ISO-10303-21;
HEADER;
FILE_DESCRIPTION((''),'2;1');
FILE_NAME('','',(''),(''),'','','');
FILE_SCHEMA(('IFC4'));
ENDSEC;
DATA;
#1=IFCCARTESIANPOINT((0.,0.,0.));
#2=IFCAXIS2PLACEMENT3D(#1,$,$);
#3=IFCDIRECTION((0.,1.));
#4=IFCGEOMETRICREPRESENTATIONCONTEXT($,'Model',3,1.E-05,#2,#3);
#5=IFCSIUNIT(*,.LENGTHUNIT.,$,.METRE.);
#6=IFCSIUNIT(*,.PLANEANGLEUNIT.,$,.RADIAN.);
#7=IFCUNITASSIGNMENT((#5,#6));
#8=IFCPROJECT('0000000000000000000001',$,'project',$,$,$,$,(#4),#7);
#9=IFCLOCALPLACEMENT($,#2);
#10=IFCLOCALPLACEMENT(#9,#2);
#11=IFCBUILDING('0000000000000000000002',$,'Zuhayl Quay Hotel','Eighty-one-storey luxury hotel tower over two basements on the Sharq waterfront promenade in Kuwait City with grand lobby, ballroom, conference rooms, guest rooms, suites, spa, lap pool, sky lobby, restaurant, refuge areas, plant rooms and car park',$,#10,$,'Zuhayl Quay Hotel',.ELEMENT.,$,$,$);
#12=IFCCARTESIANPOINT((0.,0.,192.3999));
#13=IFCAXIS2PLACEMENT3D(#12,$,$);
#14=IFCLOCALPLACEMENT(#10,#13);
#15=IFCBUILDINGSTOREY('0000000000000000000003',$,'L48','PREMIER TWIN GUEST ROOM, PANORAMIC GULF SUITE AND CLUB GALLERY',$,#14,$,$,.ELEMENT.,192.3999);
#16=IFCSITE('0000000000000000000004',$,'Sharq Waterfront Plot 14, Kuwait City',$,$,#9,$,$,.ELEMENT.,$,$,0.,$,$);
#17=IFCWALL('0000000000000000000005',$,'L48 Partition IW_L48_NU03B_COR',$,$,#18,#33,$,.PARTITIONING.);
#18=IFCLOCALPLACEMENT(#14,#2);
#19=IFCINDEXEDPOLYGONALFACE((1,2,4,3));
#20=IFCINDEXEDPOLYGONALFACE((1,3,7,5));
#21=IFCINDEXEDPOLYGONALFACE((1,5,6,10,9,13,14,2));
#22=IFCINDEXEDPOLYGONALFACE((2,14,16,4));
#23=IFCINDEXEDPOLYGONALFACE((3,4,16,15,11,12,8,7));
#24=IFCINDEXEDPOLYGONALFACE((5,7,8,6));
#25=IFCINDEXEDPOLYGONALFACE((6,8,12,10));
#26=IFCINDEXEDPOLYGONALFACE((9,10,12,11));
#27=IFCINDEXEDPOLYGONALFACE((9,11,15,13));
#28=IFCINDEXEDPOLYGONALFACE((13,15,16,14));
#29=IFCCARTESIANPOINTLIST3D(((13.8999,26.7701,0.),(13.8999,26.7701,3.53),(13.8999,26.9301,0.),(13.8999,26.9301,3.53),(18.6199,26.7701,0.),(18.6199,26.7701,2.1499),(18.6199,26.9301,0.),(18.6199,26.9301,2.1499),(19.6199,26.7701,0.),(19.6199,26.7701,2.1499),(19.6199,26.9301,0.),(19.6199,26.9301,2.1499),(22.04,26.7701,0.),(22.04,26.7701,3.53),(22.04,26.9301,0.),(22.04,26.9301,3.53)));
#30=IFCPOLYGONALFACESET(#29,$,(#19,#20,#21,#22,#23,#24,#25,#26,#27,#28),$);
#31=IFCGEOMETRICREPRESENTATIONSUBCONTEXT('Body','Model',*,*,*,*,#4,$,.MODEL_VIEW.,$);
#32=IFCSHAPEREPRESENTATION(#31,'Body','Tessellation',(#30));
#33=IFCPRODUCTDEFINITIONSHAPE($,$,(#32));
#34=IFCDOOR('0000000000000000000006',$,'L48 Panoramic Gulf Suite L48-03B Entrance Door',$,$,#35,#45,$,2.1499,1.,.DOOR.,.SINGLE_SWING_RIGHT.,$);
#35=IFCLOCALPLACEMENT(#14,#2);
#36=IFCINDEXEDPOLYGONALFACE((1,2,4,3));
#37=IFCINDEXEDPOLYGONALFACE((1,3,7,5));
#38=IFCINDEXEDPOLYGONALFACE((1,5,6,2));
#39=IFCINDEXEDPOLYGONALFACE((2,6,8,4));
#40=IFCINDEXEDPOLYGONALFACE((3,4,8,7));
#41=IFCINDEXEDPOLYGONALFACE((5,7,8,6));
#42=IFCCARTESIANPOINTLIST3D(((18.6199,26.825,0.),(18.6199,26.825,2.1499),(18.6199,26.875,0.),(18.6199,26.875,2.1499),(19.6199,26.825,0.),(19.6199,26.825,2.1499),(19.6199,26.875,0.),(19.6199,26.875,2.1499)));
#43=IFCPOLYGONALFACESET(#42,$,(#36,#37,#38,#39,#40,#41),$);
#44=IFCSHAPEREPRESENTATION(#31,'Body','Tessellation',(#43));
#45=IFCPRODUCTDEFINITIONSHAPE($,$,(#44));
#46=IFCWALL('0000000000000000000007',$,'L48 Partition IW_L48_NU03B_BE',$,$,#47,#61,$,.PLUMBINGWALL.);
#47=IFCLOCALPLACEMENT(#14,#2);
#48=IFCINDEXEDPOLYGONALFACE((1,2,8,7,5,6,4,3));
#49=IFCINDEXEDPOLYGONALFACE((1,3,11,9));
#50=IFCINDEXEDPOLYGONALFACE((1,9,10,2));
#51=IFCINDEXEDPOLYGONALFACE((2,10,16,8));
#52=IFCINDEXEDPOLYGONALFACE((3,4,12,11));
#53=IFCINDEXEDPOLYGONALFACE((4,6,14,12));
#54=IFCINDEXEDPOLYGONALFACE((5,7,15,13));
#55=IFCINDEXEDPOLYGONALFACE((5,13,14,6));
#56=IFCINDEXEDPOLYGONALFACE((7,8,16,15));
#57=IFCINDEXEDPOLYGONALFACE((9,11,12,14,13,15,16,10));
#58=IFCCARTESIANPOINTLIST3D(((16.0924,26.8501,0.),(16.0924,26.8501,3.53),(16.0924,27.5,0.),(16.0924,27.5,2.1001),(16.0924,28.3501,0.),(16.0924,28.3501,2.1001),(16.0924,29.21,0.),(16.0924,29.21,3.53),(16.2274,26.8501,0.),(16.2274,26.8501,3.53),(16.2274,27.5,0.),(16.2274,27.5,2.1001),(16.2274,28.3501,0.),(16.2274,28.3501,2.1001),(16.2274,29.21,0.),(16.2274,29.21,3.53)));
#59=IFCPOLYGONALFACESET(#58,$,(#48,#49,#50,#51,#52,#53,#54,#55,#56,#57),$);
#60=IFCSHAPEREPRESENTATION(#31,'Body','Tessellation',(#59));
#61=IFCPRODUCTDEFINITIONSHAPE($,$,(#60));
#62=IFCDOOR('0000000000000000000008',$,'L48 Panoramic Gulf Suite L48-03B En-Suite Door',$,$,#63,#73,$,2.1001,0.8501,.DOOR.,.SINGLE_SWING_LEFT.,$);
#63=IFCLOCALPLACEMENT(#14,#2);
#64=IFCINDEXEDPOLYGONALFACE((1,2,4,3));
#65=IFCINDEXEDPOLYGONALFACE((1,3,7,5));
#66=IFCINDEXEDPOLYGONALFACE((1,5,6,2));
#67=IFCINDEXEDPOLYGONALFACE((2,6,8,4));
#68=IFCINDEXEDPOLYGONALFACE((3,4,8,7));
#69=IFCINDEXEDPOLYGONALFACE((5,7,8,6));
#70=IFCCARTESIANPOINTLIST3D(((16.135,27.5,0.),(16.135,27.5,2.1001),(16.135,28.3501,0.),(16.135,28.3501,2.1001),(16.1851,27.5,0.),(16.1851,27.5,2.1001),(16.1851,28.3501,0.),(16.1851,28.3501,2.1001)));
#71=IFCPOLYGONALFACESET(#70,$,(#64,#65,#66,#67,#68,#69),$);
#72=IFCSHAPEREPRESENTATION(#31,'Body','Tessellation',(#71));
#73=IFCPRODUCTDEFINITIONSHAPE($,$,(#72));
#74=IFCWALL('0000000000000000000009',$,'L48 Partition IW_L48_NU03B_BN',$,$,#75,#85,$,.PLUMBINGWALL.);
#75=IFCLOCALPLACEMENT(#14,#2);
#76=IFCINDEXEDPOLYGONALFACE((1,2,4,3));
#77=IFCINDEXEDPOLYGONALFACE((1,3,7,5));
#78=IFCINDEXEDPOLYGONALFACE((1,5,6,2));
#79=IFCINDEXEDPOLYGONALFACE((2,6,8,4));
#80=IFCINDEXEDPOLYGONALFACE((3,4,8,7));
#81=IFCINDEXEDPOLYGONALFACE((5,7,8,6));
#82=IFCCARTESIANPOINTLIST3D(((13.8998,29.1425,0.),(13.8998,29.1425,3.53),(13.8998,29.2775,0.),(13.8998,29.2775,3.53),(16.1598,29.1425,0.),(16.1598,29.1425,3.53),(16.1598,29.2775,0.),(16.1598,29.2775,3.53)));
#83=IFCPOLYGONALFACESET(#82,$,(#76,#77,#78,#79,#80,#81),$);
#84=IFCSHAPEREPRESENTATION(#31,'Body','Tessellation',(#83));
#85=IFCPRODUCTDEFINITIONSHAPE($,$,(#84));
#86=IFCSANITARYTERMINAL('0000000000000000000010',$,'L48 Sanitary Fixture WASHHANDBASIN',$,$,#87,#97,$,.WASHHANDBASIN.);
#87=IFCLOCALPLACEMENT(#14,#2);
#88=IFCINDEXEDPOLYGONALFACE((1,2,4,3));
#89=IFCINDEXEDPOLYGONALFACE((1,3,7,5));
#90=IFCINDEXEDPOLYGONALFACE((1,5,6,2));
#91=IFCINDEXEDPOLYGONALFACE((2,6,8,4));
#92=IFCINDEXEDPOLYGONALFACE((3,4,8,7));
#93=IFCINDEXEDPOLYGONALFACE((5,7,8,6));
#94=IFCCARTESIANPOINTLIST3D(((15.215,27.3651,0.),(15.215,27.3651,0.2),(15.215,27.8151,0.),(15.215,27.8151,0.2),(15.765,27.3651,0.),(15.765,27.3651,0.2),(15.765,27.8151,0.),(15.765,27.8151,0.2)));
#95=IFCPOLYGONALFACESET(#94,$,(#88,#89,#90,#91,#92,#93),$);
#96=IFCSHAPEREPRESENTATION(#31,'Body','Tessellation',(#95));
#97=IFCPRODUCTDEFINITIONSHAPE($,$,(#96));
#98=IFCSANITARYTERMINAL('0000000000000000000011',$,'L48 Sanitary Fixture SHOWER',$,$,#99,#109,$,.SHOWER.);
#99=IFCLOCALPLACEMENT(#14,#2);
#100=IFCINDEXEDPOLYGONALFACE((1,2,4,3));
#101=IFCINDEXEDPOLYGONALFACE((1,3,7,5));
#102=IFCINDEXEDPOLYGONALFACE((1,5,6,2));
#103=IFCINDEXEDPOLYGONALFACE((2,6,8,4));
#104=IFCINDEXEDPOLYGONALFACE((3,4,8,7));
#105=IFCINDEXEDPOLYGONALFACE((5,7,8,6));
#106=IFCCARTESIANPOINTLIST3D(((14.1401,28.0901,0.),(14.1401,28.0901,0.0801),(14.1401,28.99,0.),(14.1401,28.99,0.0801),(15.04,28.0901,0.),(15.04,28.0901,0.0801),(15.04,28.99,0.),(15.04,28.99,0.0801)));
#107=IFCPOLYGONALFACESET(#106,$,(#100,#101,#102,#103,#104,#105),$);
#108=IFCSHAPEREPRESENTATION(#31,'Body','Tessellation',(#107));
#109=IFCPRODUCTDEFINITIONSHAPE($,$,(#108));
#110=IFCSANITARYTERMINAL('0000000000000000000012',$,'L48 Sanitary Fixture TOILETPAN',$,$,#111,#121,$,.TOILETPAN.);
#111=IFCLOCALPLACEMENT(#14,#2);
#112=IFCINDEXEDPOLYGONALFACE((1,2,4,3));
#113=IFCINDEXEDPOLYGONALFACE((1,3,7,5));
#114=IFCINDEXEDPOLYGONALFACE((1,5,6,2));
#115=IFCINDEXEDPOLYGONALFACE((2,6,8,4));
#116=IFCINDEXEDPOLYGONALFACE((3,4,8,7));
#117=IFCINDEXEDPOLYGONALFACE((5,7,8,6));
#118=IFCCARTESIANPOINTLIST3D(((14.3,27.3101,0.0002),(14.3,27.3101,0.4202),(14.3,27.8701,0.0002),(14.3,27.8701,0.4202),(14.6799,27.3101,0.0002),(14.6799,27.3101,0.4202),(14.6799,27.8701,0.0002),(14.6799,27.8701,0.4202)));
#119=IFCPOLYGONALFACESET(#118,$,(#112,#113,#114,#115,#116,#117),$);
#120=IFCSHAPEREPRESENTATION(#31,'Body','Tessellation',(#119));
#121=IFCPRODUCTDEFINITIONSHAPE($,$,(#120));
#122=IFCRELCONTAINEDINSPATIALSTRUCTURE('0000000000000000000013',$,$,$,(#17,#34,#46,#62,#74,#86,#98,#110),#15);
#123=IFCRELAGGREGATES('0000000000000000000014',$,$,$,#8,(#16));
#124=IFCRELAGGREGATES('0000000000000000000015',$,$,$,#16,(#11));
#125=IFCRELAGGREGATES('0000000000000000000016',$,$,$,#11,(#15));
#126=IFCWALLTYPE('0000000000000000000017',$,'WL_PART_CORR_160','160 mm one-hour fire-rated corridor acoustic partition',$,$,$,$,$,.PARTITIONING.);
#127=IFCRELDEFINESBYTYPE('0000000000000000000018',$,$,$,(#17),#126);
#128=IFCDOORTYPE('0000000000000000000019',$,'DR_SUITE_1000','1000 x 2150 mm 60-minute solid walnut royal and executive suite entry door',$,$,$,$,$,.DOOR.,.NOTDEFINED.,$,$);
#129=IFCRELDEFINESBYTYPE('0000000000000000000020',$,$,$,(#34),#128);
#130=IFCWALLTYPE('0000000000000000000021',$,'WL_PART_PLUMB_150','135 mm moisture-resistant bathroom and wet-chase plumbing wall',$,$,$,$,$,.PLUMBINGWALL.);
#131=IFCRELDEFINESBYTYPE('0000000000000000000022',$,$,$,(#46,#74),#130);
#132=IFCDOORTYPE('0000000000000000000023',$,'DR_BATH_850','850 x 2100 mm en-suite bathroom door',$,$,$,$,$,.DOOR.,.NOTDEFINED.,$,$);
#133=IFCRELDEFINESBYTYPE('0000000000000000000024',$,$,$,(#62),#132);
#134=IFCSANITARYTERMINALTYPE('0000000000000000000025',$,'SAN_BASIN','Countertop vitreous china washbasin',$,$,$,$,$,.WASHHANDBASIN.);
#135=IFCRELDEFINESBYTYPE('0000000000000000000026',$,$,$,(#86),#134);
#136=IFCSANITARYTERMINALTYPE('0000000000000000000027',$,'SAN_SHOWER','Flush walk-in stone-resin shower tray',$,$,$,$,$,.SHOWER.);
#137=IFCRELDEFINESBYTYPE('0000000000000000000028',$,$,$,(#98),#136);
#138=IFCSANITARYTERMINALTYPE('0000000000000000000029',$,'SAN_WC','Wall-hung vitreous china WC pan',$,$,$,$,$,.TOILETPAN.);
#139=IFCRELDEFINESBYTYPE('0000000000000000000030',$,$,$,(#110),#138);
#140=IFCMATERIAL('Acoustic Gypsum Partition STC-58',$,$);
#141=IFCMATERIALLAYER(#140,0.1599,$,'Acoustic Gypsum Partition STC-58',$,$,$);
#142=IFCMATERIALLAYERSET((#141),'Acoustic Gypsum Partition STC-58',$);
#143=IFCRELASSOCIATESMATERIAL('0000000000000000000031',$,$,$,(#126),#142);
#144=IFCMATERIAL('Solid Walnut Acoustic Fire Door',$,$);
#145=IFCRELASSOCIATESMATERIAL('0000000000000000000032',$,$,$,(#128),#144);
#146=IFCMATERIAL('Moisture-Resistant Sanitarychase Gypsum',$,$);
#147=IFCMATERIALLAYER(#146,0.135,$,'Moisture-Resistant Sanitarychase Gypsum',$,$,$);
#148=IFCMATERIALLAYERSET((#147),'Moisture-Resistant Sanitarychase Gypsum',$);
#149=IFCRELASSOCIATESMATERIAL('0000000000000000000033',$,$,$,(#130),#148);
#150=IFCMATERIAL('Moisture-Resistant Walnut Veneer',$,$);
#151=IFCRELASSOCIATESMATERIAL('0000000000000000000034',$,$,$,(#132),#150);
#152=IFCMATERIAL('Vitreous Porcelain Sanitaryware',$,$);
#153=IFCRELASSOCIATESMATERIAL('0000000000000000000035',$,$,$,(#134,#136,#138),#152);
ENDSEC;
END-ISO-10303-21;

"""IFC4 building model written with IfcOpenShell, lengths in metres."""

from ifc_helpers import new_model, si_unit, direction, frame, frame_2d, origin, origin_2d, place, context, subcontext, project, spatial, rectangle, extrude, material, layer, layer_set, type_object, element, fill, save


model = new_model("IFC4")

# Units and contexts
model_context = context("Model", 3, precision=1e-05, world=origin(), true_north=direction((0.0, 1.0)))
body_context = subcontext(model_context, "Body", "Model", "MODEL_VIEW")
ifc_project = project(units=[si_unit("LENGTHUNIT", "METRE"), si_unit("PLANEANGLEUNIT", "RADIAN")], contexts=[model_context])

# Site, building, storey
site_placement = place(None, origin())
site = spatial("IfcSite", under=ifc_project, at=site_placement, Name="Sharq Waterfront Plot 14, Kuwait City", CompositionType="ELEMENT", RefElevation=0.0)
building_placement = place(site_placement, origin())
building = spatial("IfcBuilding", under=site, at=building_placement, Name="Zuhayl Quay Hotel", Description="Eighty-one-storey luxury hotel tower over two basements on the Sharq waterfront promenade in Kuwait City with grand lobby, ballroom, conference rooms, guest rooms, suites, spa, lap pool, sky lobby, restaurant, refuge areas, plant rooms and car park", LongName="Zuhayl Quay Hotel", CompositionType="ELEMENT")
storey_placement = place(building_placement, frame((0.0, 0.0, 192.3999)))
storey = spatial("IfcBuildingStorey", under=building, at=storey_placement, Name="L48", Description="PREMIER TWIN GUEST ROOM, PANORAMIC GULF SUITE AND CLUB GALLERY", CompositionType="ELEMENT", Elevation=192.3999)

# Shared definitions
ifc_material_1 = material(Name="Acoustic Gypsum Partition STC-58")

# Walls, openings, doors
ifc_layer_1 = layer(ifc_material_1, 0.1599, Name="Acoustic Gypsum Partition STC-58")
ifc_layer_set_1 = layer_set([ifc_layer_1], Name="Acoustic Gypsum Partition STC-58")
wall_type_1 = type_object("IfcWallType", Name="WL_PART_CORR_160", Description="160 mm one-hour fire-rated corridor acoustic partition", PredefinedType="PARTITIONING", material=ifc_layer_set_1)
wall_1_placement = place(storey_placement, frame((13.8999, 26.8501, 0.0), z_axis=(0.0, 0.0, 1.0), x_axis=(1.0, 0.0, 0.0)))
wall_1 = element("IfcWall", 1, at=wall_1_placement, inside=storey, type_object=wall_type_1, Name="L48 Partition IW_L48_NU03B_COR", PredefinedType="PARTITIONING", context=body_context, shape_type="SweptSolid", body=[
    extrude(rectangle(XDim=8.1401, YDim=0.1599, at=frame_2d((4.0701, 0.0))), origin(), (0.0, 0.0, 1.0), 3.53),
])
opening_1_placement = place(wall_1_placement, frame((4.72, 0.0, 0.0)))
opening_1 = element("IfcOpeningElement", 2, at=opening_1_placement, cuts=wall_1, PredefinedType="OPENING", context=body_context, shape_type="SweptSolid", body=[
    extrude(rectangle(XDim=1.0, YDim=2.1499, at=frame_2d((0.5, 1.075))), frame((0.0, 0.0898, 0.0), z_axis=(0.0, -1.0, 0.0), x_axis=(1.0, 0.0, 0.0)), (0.0, 0.0, 1.0), 0.1799),
])
ifc_material_2 = material(Name="Solid Walnut Acoustic Fire Door")
door_type_1 = type_object("IfcDoorType", Name="DR_SUITE_1000", Description="1000 x 2150 mm 60-minute solid walnut royal and executive suite entry door", OperationType="NOTDEFINED", PredefinedType="DOOR", material=ifc_material_2)
door_1_placement = place(opening_1_placement, origin())
door_1 = element("IfcDoor", 3, at=door_1_placement, inside=storey, type_object=door_type_1, Name="L48 Panoramic Gulf Suite L48-03B Entrance Door", OperationType="SINGLE_SWING_RIGHT", OverallHeight=2.1499, OverallWidth=1.0, PredefinedType="DOOR", context=body_context, shape_type="SweptSolid", body=[
    extrude(rectangle(XDim=1.0, YDim=2.1499, at=frame_2d((0.5, 1.075))), frame((0.0, 0.0249, 0.0), z_axis=(0.0, -1.0, 0.0), x_axis=(1.0, 0.0, 0.0)), (0.0, 0.0, 1.0), 0.05),
])
fill(opening_1, door_1)
ifc_material_3 = material(Name="Moisture-Resistant Sanitarychase Gypsum")
ifc_layer_2 = layer(ifc_material_3, 0.135, Name="Moisture-Resistant Sanitarychase Gypsum")
ifc_layer_set_2 = layer_set([ifc_layer_2], Name="Moisture-Resistant Sanitarychase Gypsum")
wall_type_2 = type_object("IfcWallType", Name="WL_PART_PLUMB_150", Description="135 mm moisture-resistant bathroom and wet-chase plumbing wall", PredefinedType="PLUMBINGWALL", material=ifc_layer_set_2)
wall_2_placement = place(storey_placement, frame((16.1599, 26.8501, 0.0), z_axis=(0.0, 0.0, 1.0), x_axis=(0.0, 1.0, 0.0)))
wall_2 = element("IfcWall", 4, at=wall_2_placement, inside=storey, type_object=wall_type_2, Name="L48 Partition IW_L48_NU03B_BE", PredefinedType="PLUMBINGWALL", context=body_context, shape_type="SweptSolid", body=[
    extrude(rectangle(XDim=2.3599, YDim=0.135, at=frame_2d((1.1799, 0.0))), origin(), (0.0, 0.0, 1.0), 3.53),
])
opening_2_placement = place(wall_2_placement, frame((0.6499, 0.0, 0.0)))
opening_2 = element("IfcOpeningElement", 5, at=opening_2_placement, cuts=wall_2, PredefinedType="OPENING", context=body_context, shape_type="SweptSolid", body=[
    extrude(rectangle(XDim=0.8501, YDim=2.1001, at=frame_2d((0.425, 1.05))), frame((0.0, 0.0774, 0.0), z_axis=(0.0, -1.0, 0.0), x_axis=(1.0, 0.0, 0.0)), (0.0, 0.0, 1.0), 0.155),
])
ifc_material_4 = material(Name="Moisture-Resistant Walnut Veneer")
door_type_2 = type_object("IfcDoorType", Name="DR_BATH_850", Description="850 x 2100 mm en-suite bathroom door", OperationType="NOTDEFINED", PredefinedType="DOOR", material=ifc_material_4)
door_2_placement = place(opening_2_placement, origin())
door_2 = element("IfcDoor", 6, at=door_2_placement, inside=storey, type_object=door_type_2, Name="L48 Panoramic Gulf Suite L48-03B En-Suite Door", OperationType="SINGLE_SWING_LEFT", OverallHeight=2.1001, OverallWidth=0.8501, PredefinedType="DOOR", context=body_context, shape_type="SweptSolid", body=[
    extrude(rectangle(XDim=0.8501, YDim=2.1001, at=frame_2d((0.425, 1.05))), frame((0.0, 0.0249, 0.0), z_axis=(0.0, -1.0, 0.0), x_axis=(1.0, 0.0, 0.0)), (0.0, 0.0, 1.0), 0.05),
])
fill(opening_2, door_2)

# Wall
wall_3_placement = place(storey_placement, frame((13.8999, 29.21, 0.0), z_axis=(0.0, 0.0, 1.0), x_axis=(1.0, 0.0, 0.0)))
element("IfcWall", 7, at=wall_3_placement, inside=storey, type_object=wall_type_2, Name="L48 Partition IW_L48_NU03B_BN", PredefinedType="PLUMBINGWALL", context=body_context, shape_type="SweptSolid", body=[
    extrude(rectangle(XDim=2.26, YDim=0.135, at=frame_2d((1.1299, 0.0))), origin(), (0.0, 0.0, 1.0), 3.53),
])

# Sanitary terminals
ifc_material_5 = material(Name="Vitreous Porcelain Sanitaryware")
sanitary_terminal_type_1 = type_object("IfcSanitaryTerminalType", Name="SAN_BASIN", Description="Countertop vitreous china washbasin", PredefinedType="WASHHANDBASIN", material=ifc_material_5)
sanitary_terminal_1_placement = place(storey_placement, frame((15.49, 27.5901, 0.0), z_axis=(0.0, 0.0, 1.0), x_axis=(1.0, 0.0, 0.0)))
element("IfcSanitaryTerminal", 8, at=sanitary_terminal_1_placement, inside=storey, type_object=sanitary_terminal_type_1, Name="L48 Sanitary Fixture WASHHANDBASIN", PredefinedType="WASHHANDBASIN", context=body_context, shape_type="SweptSolid", body=[
    extrude(rectangle(XDim=0.55, YDim=0.45, at=origin_2d()), origin(), (0.0, 0.0, 1.0), 0.2),
])
sanitary_terminal_type_2 = type_object("IfcSanitaryTerminalType", Name="SAN_SHOWER", Description="Flush walk-in stone-resin shower tray", PredefinedType="SHOWER", material=ifc_material_5)
sanitary_terminal_2_placement = place(storey_placement, frame((14.5901, 28.54, 0.0), z_axis=(0.0, 0.0, 1.0), x_axis=(1.0, 0.0, 0.0)))
element("IfcSanitaryTerminal", 9, at=sanitary_terminal_2_placement, inside=storey, type_object=sanitary_terminal_type_2, Name="L48 Sanitary Fixture SHOWER", PredefinedType="SHOWER", context=body_context, shape_type="SweptSolid", body=[
    extrude(rectangle(XDim=0.8999, YDim=0.8999, at=origin_2d()), origin(), (0.0, 0.0, 1.0), 0.0801),
])
sanitary_terminal_type_3 = type_object("IfcSanitaryTerminalType", Name="SAN_WC", Description="Wall-hung vitreous china WC pan", PredefinedType="TOILETPAN", material=ifc_material_5)
sanitary_terminal_3_placement = place(storey_placement, frame((14.49, 27.5901, 0.0002), z_axis=(0.0, 0.0, 1.0), x_axis=(1.0, 0.0, 0.0)))
element("IfcSanitaryTerminal", 10, at=sanitary_terminal_3_placement, inside=storey, type_object=sanitary_terminal_type_3, Name="L48 Sanitary Fixture TOILETPAN", PredefinedType="TOILETPAN", context=body_context, shape_type="SweptSolid", body=[
    extrude(rectangle(XDim=0.3799, YDim=0.5601, at=origin_2d()), origin(), (0.0, 0.0, 1.0), 0.4199),
])

save(model, "model.ifc")
